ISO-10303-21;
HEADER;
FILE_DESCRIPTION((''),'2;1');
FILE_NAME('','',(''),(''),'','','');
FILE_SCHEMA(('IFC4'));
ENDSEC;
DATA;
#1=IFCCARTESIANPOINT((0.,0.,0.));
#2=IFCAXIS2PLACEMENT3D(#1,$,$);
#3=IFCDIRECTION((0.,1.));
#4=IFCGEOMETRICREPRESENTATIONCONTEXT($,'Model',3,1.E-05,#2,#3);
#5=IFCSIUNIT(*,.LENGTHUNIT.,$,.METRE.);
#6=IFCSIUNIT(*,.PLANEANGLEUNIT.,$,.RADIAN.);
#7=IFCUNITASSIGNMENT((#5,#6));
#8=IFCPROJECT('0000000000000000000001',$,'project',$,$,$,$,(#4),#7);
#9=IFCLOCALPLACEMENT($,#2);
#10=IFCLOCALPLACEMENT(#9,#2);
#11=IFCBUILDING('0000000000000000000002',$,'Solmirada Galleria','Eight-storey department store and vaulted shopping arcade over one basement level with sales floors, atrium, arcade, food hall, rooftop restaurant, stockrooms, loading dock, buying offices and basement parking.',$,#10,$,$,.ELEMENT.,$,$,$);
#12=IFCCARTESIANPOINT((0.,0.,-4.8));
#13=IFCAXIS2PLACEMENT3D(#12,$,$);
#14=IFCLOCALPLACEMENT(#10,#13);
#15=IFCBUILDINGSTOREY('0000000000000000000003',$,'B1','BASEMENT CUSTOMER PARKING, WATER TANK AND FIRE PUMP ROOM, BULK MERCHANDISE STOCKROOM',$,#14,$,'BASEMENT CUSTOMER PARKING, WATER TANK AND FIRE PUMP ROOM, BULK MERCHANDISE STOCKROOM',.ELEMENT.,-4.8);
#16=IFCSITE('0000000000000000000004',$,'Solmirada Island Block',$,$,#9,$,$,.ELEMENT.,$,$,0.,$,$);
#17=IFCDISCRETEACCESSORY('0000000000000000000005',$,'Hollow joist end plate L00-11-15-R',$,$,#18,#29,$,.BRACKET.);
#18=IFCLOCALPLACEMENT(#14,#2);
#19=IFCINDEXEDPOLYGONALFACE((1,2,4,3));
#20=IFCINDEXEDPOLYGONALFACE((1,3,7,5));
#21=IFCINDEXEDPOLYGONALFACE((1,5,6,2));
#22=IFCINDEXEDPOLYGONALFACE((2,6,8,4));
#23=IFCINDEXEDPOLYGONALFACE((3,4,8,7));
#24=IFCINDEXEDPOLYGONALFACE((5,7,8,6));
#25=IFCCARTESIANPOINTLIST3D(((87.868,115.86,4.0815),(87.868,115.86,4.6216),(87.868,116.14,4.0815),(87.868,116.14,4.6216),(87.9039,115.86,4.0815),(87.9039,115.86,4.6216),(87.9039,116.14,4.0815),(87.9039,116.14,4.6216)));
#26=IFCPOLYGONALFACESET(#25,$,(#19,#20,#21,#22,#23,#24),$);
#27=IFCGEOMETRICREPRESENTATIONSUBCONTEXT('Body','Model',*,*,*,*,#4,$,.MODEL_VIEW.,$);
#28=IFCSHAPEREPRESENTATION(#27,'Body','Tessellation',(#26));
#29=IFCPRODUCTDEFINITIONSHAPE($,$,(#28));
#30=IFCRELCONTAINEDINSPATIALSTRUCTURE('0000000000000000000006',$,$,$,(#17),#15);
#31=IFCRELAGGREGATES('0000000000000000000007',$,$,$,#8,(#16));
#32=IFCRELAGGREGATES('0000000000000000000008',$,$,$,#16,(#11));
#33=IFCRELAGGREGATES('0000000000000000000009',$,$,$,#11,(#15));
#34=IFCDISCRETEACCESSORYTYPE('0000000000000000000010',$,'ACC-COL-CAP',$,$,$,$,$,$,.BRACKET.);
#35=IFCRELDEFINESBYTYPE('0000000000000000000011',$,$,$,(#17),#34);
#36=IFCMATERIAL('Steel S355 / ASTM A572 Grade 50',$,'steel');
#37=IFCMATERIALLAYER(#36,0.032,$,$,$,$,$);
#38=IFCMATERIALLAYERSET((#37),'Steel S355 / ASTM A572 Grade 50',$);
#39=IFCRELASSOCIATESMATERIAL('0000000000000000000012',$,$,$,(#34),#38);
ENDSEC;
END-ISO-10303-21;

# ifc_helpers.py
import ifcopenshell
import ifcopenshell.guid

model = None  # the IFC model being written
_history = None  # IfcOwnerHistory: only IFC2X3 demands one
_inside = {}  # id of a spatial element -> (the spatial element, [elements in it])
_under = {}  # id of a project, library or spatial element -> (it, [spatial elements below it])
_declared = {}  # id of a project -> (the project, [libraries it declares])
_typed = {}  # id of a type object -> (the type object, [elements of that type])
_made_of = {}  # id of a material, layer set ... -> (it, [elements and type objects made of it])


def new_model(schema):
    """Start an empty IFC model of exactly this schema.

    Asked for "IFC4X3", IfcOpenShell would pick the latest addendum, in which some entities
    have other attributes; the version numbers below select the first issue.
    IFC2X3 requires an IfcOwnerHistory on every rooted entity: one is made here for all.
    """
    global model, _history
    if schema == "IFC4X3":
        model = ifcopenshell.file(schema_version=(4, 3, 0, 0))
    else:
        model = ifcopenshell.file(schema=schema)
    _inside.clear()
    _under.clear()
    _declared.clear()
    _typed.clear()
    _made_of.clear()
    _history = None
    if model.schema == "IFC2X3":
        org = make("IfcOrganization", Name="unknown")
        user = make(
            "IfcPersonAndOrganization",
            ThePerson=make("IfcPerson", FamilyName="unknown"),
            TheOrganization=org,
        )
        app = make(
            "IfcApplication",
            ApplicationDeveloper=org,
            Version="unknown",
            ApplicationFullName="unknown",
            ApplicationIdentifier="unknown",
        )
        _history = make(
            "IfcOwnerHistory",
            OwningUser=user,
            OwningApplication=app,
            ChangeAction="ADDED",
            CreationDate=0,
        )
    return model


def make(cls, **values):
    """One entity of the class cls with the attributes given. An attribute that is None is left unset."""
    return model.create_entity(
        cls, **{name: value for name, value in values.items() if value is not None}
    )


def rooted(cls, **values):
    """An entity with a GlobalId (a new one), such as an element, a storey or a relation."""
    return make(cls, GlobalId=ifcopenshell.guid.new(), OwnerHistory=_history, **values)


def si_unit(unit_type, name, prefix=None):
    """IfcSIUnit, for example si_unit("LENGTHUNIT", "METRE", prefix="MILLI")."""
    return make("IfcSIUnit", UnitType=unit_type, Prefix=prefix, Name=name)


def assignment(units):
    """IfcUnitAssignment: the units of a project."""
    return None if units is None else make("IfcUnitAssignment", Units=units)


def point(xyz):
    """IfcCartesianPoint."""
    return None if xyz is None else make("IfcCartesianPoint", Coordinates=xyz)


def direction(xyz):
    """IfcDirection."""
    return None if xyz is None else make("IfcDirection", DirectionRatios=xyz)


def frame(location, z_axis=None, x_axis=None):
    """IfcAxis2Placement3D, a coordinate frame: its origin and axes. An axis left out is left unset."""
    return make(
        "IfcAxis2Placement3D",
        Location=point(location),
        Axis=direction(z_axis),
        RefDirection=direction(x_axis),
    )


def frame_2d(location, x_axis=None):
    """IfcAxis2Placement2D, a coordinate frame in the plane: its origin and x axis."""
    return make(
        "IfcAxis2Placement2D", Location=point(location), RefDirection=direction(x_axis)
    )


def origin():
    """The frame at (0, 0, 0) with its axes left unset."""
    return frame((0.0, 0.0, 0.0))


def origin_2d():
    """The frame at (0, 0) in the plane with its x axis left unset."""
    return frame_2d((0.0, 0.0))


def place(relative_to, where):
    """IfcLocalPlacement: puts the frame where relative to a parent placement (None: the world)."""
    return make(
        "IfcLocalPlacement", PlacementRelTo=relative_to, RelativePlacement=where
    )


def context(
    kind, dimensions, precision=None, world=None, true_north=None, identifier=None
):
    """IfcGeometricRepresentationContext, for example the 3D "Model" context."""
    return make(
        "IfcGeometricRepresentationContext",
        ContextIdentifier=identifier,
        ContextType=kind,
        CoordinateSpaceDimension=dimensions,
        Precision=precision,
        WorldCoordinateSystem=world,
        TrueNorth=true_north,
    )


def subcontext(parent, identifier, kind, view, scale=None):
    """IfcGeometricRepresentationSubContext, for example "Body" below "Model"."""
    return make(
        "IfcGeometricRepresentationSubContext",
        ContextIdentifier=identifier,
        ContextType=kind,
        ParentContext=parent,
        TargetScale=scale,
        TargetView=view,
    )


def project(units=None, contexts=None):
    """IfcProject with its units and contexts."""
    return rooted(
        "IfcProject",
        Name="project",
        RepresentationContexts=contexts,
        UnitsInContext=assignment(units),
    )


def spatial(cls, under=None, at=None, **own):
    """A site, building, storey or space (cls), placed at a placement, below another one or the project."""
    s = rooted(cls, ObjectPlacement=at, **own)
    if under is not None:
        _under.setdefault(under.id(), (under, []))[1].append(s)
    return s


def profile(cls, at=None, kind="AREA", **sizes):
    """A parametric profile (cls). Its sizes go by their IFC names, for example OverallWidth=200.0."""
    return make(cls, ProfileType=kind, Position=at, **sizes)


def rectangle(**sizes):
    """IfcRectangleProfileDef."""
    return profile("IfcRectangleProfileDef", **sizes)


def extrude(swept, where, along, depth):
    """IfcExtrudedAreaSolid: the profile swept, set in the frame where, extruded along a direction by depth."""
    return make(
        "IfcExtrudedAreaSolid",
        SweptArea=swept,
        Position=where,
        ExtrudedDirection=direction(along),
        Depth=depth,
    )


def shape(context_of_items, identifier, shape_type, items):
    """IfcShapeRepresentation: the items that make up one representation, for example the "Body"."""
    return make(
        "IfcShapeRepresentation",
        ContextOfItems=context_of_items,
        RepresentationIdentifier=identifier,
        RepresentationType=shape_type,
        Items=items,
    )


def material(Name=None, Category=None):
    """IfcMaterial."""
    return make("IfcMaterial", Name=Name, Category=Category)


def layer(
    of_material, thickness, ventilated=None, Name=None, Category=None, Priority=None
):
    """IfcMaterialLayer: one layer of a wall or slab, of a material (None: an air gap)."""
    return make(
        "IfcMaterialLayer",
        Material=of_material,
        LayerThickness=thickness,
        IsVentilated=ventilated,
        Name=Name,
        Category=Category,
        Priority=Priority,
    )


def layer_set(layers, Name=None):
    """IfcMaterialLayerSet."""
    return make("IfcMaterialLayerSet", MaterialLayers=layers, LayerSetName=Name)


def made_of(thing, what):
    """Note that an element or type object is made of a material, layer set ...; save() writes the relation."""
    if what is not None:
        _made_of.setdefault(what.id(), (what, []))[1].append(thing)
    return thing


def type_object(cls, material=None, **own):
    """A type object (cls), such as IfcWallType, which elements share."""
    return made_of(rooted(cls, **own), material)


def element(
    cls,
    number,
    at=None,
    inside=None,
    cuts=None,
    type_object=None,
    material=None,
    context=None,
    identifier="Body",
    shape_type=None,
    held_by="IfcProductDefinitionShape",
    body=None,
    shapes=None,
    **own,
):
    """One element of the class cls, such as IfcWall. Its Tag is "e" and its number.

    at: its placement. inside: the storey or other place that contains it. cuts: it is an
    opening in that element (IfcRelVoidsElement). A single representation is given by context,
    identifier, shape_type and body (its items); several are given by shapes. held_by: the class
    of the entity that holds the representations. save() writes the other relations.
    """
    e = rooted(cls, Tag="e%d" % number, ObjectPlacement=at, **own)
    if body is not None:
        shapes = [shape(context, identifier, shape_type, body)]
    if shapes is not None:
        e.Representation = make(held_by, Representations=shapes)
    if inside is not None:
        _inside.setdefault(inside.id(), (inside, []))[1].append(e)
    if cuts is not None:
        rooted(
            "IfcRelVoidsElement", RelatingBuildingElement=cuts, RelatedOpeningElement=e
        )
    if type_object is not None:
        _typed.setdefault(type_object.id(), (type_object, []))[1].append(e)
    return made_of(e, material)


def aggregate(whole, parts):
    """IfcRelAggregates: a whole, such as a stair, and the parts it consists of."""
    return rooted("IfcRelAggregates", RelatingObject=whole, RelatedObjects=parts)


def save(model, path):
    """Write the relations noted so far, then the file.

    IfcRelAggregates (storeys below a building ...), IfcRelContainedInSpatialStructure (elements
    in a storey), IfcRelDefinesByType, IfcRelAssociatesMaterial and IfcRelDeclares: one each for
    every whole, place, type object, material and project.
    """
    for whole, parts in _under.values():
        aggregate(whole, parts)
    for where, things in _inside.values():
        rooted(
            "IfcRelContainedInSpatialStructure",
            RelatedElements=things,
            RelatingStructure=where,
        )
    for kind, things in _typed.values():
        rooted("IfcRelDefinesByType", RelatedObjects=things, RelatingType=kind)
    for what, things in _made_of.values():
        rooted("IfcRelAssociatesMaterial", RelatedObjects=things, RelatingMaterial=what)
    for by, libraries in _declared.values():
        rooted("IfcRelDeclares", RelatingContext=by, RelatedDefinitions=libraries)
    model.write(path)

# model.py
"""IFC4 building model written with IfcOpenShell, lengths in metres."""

from ifc_helpers import new_model, si_unit, direction, frame, origin, origin_2d, place, context, subcontext, project, spatial, rectangle, extrude, material, layer, layer_set, type_object, element, save


model = new_model("IFC4")

# Units and contexts
model_context = context("Model", 3, precision=1e-05, world=origin(), true_north=direction((0.0, 1.0)))
body_context = subcontext(model_context, "Body", "Model", "MODEL_VIEW")
ifc_project = project(units=[si_unit("LENGTHUNIT", "METRE"), si_unit("PLANEANGLEUNIT", "RADIAN")], contexts=[model_context])

# Site, building, storey
site_placement = place(None, origin())
site = spatial("IfcSite", under=ifc_project, at=site_placement, Name="Solmirada Island Block", CompositionType="ELEMENT", RefElevation=0.0)
building_placement = place(site_placement, origin())
building = spatial("IfcBuilding", under=site, at=building_placement, Name="Solmirada Galleria", Description="Eight-storey department store and vaulted shopping arcade over one basement level with sales floors, atrium, arcade, food hall, rooftop restaurant, stockrooms, loading dock, buying offices and basement parking.", CompositionType="ELEMENT")
storey_placement = place(building_placement, frame((0.0, 0.0, -4.8)))
storey = spatial("IfcBuildingStorey", under=building, at=storey_placement, Name="B1", Description="BASEMENT CUSTOMER PARKING, WATER TANK AND FIRE PUMP ROOM, BULK MERCHANDISE STOCKROOM", LongName="BASEMENT CUSTOMER PARKING, WATER TANK AND FIRE PUMP ROOM, BULK MERCHANDISE STOCKROOM", CompositionType="ELEMENT", Elevation=-4.8)

# Discrete accessory
ifc_material_1 = material(Name="Steel S355 / ASTM A572 Grade 50", Category="steel")
ifc_layer_1 = layer(ifc_material_1, 0.032)
ifc_layer_set_1 = layer_set([ifc_layer_1], Name="Steel S355 / ASTM A572 Grade 50")
discrete_accessory_type = type_object("IfcDiscreteAccessoryType", Name="ACC-COL-CAP", PredefinedType="BRACKET", material=ifc_layer_set_1)
for number, where, z_axis, x_axis, name in (
    (1, (87.886, 116.0, 4.0815), (0.0, 0.0, 1.0), (1.0, 0.0, 0.0), "Hollow joist end plate L00-11-15-R"),
):
    element("IfcDiscreteAccessory", number, at=place(storey_placement, frame(where, z_axis=z_axis, x_axis=x_axis)), inside=storey, type_object=discrete_accessory_type, Name=name, PredefinedType="BRACKET", context=body_context, shape_type="SweptSolid", body=[
        extrude(rectangle(XDim=0.0359, YDim=0.28, at=origin_2d()), origin(), (0.0, 0.0, 1.0), 0.54),
    ])

save(model, "model.ifc")
